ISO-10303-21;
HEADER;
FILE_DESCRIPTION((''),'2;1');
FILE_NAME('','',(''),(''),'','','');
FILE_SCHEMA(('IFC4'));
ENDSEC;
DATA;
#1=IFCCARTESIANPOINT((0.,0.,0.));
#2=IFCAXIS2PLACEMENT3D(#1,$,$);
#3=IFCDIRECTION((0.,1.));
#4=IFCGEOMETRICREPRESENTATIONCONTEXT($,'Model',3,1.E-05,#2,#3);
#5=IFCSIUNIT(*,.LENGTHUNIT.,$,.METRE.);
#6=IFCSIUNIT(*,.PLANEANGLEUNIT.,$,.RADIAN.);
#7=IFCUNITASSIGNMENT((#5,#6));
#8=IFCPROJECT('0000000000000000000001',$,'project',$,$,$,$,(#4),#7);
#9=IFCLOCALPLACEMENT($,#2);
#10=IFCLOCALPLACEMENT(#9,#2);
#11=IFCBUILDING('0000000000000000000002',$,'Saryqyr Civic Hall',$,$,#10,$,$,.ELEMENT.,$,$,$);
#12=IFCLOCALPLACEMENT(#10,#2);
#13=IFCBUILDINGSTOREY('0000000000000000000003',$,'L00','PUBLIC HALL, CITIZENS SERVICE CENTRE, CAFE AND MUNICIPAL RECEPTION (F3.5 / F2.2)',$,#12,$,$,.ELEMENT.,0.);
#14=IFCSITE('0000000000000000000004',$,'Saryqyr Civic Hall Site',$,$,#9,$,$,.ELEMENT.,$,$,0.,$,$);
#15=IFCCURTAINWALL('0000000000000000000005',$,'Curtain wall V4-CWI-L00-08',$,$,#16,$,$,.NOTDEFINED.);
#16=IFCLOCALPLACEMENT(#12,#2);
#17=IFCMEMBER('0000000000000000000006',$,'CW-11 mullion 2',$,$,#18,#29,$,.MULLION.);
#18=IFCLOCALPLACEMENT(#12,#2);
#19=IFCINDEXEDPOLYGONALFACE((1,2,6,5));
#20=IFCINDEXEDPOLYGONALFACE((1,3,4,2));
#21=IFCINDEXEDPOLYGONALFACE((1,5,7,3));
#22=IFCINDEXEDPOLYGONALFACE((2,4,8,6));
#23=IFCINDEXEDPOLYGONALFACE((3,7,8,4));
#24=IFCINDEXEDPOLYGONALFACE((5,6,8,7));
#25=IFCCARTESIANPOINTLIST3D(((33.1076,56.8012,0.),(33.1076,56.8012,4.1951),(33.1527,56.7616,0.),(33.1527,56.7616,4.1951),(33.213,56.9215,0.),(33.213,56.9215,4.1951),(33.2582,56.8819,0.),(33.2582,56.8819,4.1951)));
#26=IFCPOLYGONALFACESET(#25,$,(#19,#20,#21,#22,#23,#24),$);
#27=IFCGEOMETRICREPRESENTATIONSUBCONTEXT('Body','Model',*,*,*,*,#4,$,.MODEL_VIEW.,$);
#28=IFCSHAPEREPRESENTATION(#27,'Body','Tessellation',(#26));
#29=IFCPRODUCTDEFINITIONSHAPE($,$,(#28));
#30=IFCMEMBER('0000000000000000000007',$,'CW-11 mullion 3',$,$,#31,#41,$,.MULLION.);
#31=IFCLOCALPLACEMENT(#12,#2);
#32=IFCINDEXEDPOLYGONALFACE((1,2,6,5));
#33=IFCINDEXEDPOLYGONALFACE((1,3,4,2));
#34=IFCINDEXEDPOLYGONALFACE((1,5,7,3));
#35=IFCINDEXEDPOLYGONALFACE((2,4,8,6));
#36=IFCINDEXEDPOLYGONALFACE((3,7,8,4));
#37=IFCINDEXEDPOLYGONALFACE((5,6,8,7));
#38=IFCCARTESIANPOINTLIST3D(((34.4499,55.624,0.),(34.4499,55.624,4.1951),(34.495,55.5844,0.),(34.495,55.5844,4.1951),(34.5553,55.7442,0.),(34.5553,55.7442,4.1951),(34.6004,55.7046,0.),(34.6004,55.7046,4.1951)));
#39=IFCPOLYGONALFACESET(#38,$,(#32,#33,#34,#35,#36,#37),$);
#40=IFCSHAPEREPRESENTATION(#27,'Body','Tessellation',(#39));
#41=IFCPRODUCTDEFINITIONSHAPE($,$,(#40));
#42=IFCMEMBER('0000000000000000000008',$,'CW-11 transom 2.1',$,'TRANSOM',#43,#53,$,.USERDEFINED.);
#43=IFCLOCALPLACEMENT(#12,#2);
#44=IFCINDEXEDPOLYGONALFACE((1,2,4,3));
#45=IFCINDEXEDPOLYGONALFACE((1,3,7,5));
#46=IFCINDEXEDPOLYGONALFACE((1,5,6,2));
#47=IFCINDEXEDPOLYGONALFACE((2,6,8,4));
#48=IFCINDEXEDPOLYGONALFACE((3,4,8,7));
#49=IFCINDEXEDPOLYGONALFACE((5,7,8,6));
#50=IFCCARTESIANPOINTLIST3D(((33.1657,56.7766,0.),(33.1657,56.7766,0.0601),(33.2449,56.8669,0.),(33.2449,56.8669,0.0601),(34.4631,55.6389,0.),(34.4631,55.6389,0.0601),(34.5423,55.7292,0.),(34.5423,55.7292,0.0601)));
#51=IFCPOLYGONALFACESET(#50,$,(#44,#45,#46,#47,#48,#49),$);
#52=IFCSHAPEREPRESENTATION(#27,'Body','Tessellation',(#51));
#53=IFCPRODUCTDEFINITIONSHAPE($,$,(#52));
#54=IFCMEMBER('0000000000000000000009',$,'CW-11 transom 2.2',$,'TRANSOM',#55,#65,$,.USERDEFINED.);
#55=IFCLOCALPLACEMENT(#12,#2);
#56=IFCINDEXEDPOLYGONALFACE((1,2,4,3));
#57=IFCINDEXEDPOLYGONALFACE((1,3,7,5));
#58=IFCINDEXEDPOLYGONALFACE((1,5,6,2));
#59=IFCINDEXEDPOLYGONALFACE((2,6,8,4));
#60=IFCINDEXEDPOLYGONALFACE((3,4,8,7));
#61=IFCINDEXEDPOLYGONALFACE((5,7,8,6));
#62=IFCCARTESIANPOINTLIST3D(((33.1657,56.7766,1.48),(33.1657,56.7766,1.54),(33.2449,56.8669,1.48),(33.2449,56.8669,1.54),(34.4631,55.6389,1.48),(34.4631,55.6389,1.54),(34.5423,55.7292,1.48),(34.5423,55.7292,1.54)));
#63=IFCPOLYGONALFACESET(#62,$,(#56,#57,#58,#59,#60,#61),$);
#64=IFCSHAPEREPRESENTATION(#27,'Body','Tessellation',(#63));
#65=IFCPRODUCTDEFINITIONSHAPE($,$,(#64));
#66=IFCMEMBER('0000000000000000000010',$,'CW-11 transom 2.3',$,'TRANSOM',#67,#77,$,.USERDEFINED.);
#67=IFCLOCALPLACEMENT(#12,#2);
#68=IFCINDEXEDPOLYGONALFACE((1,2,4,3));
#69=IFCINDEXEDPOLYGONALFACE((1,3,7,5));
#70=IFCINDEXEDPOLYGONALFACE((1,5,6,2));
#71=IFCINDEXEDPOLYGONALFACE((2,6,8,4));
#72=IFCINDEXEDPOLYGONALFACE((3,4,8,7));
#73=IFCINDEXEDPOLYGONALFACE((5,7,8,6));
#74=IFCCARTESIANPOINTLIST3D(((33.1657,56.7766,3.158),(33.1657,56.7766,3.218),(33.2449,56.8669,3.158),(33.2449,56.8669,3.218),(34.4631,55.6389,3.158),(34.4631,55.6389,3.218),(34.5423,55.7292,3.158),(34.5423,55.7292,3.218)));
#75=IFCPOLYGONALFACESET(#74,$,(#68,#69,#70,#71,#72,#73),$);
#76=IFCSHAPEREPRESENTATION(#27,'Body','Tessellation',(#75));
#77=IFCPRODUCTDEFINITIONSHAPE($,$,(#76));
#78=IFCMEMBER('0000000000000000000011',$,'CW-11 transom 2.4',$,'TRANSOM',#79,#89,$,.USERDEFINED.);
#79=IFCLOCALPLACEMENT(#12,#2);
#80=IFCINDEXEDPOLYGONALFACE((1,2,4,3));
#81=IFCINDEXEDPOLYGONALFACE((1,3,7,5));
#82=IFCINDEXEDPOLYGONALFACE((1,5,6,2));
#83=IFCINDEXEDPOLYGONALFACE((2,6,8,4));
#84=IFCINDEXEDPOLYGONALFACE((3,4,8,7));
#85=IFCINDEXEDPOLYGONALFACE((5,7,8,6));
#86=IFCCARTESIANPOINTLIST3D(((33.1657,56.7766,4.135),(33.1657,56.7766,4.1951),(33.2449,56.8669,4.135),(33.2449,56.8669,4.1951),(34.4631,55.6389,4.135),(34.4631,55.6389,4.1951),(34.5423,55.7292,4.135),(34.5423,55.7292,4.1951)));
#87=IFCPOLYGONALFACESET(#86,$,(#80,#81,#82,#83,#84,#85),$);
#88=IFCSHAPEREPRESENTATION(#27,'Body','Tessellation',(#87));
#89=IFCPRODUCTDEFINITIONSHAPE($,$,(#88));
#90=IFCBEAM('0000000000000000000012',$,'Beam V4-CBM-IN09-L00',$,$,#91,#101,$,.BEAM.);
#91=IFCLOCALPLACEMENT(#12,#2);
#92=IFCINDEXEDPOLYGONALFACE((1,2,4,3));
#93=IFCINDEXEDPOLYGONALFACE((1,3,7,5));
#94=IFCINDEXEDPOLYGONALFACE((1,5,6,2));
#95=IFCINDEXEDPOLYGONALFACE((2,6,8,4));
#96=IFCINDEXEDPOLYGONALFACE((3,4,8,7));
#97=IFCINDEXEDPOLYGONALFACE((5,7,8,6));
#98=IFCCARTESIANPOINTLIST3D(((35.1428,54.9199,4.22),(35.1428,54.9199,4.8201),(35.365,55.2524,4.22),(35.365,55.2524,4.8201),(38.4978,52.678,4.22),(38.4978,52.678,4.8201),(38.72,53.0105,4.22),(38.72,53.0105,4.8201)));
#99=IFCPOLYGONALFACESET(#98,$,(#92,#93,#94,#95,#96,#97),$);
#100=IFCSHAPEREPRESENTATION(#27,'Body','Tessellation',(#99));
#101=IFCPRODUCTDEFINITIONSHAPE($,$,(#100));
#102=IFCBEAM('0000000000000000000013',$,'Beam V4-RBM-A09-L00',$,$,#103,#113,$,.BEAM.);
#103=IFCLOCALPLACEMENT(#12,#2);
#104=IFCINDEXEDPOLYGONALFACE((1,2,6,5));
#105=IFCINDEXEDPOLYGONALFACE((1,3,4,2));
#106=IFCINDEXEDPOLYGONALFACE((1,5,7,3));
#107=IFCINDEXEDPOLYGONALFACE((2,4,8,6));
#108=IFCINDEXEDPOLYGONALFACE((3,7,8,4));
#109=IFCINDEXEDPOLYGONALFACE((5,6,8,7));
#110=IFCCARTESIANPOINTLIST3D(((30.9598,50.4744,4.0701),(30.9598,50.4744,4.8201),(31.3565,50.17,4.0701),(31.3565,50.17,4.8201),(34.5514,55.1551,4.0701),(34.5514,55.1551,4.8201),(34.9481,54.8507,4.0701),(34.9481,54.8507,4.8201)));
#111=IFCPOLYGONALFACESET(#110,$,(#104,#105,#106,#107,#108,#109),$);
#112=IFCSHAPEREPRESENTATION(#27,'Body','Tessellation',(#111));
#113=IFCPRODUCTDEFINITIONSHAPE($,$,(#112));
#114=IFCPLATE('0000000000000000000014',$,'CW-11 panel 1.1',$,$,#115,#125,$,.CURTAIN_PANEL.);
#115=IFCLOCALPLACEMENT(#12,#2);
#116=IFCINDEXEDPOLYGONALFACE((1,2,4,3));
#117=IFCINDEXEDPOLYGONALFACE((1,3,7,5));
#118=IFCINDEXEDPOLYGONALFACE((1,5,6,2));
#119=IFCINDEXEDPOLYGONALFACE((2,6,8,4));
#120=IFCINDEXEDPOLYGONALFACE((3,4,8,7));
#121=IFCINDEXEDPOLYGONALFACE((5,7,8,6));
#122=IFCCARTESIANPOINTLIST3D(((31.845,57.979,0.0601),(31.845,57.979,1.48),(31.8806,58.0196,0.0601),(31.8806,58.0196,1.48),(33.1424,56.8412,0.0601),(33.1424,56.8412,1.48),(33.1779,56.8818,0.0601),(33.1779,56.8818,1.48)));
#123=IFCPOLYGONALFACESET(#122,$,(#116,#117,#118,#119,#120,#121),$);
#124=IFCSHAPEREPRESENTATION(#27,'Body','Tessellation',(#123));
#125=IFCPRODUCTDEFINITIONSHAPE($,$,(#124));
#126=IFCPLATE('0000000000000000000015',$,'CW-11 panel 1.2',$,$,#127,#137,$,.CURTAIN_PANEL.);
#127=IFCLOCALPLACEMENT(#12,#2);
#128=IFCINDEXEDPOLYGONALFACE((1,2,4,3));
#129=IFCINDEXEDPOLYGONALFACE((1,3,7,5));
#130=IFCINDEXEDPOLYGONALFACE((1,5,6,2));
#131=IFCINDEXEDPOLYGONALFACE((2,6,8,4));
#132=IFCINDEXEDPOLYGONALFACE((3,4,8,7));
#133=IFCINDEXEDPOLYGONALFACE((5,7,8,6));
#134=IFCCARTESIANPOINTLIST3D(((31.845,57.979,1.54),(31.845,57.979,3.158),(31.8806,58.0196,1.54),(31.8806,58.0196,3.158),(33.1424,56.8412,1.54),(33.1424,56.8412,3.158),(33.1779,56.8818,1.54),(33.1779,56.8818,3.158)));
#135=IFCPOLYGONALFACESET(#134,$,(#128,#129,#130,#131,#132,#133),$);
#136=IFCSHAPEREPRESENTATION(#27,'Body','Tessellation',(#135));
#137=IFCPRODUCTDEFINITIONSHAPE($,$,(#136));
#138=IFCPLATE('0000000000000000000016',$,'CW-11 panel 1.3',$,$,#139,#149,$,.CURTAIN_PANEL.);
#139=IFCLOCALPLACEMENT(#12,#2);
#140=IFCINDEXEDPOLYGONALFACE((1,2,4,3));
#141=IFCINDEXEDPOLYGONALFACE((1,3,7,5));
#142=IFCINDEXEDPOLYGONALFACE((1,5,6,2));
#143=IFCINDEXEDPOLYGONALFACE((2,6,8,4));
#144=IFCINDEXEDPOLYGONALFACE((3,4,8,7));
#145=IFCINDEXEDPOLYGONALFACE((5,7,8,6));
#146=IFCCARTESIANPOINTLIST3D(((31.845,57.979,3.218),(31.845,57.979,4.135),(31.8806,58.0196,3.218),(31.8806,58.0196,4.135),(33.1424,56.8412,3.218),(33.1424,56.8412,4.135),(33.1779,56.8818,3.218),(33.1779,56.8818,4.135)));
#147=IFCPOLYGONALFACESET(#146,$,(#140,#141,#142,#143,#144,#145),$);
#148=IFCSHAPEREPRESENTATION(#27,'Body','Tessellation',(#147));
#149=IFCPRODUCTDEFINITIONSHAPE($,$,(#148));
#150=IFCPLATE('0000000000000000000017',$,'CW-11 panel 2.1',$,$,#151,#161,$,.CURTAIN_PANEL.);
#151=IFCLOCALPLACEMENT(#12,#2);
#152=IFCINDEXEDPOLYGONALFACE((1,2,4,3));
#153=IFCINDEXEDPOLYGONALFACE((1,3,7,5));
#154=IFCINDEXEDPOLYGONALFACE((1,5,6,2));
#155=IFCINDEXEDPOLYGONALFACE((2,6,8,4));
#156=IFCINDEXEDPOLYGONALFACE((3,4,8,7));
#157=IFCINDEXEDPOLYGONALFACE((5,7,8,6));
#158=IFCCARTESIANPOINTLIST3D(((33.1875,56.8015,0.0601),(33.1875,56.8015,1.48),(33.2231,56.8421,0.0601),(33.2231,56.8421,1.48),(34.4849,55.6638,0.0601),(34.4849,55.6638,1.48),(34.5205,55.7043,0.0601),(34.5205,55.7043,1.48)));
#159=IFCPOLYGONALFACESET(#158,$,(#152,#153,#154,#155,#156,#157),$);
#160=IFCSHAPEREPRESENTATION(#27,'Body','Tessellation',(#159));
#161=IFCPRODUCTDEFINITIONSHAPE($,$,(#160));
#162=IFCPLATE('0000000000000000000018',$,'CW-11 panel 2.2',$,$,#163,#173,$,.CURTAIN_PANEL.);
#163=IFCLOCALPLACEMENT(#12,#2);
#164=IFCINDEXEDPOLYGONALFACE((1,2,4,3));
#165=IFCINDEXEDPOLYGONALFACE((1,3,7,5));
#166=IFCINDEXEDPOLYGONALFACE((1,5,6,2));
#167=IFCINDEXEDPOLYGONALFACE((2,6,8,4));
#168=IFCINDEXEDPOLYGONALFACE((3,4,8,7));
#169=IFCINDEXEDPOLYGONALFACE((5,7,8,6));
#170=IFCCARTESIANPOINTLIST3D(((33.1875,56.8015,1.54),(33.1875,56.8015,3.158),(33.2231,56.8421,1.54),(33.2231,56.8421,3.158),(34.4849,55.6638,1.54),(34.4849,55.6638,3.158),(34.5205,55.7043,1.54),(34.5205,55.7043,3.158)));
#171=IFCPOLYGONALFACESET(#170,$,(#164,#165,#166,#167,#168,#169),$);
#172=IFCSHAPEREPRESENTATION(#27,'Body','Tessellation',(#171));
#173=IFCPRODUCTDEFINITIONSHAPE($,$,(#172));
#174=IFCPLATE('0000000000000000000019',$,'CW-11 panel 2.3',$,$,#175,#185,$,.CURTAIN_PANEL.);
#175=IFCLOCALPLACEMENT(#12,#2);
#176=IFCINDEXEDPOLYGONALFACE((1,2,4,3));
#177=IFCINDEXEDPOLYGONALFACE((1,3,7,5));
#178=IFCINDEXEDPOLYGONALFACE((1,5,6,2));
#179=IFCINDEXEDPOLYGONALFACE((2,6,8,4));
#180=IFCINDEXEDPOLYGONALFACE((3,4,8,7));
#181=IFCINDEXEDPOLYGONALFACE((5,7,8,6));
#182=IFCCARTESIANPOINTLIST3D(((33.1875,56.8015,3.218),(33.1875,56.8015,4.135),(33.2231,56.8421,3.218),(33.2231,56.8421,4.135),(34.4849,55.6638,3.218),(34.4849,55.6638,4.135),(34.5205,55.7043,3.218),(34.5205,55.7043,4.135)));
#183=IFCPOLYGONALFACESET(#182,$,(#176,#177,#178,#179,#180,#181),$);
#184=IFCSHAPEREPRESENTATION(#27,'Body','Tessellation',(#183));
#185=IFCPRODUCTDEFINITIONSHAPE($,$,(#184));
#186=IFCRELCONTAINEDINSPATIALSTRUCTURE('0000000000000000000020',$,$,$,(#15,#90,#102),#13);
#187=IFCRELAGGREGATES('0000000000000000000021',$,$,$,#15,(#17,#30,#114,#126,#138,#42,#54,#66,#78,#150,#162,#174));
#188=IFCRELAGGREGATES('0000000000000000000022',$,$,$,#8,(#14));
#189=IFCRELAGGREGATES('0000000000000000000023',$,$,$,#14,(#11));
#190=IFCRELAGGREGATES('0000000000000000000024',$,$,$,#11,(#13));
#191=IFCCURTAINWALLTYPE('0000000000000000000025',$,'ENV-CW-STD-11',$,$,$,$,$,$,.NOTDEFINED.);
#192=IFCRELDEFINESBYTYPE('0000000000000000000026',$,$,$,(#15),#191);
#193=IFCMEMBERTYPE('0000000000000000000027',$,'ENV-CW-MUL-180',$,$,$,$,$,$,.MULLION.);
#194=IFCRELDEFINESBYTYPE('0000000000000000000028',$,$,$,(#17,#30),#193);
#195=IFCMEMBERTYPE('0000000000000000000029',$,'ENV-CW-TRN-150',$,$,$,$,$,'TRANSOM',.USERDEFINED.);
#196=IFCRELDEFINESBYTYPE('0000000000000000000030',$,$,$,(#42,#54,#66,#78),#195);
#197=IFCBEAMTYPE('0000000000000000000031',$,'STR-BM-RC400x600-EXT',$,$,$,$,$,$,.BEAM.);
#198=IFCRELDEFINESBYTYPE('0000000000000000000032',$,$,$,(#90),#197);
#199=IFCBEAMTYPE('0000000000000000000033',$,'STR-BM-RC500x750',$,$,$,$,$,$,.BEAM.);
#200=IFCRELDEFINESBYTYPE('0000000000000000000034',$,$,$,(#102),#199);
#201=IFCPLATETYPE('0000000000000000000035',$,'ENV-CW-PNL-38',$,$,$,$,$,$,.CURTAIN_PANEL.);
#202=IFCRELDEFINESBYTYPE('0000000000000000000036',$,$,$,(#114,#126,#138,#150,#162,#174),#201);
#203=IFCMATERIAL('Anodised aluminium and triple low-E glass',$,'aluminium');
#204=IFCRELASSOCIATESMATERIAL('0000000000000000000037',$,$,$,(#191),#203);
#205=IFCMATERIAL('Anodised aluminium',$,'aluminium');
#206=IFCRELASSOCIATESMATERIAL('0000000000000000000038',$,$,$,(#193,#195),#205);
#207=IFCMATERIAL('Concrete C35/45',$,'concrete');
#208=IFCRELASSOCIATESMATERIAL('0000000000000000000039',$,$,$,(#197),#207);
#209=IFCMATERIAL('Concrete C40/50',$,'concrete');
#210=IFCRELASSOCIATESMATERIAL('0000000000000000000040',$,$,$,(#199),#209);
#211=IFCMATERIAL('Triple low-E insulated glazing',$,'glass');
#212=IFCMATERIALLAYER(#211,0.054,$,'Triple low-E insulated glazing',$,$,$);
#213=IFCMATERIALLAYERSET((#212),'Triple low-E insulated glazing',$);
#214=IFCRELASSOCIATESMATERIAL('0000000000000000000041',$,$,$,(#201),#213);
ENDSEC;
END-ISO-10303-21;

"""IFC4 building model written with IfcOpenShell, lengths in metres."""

from ifc_helpers import new_model, si_unit, direction, frame, origin, origin_2d, place, context, subcontext, project, spatial, rectangle, extrude, material, layer, layer_set, material_profile, profile_set, type_object, element, aggregate, save


model = new_model("IFC4")

# Units and contexts
model_context = context("Model", 3, precision=1e-05, world=origin(), true_north=direction((0.0, 1.0)))
body_context = subcontext(model_context, "Body", "Model", "MODEL_VIEW")
ifc_project = project(units=[si_unit("LENGTHUNIT", "METRE"), si_unit("PLANEANGLEUNIT", "RADIAN")], contexts=[model_context])

# Site, building, storey
site_placement = place(None, origin())
site = spatial("IfcSite", under=ifc_project, at=site_placement, Name="Saryqyr Civic Hall Site", CompositionType="ELEMENT", RefElevation=0.0)
building_placement = place(site_placement, origin())
building = spatial("IfcBuilding", under=site, at=building_placement, Name="Saryqyr Civic Hall", CompositionType="ELEMENT")
storey_placement = place(building_placement, origin())
storey = spatial("IfcBuildingStorey", under=building, at=storey_placement, Name="L00", Description="PUBLIC HALL, CITIZENS SERVICE CENTRE, CAFE AND MUNICIPAL RECEPTION (F3.5 / F2.2)", CompositionType="ELEMENT", Elevation=0.0)

# Shared definitions
ifc_material_1 = material(Name="Concrete C40/50", Category="concrete")

# Curtain wall, members
ifc_material_2 = material(Name="Anodised aluminium and triple low-E glass", Category="aluminium")
curtain_wall_type = type_object("IfcCurtainWallType", Name="ENV-CW-STD-11", PredefinedType="NOTDEFINED", material=ifc_material_2)
curtain_wall_placement = place(storey_placement, origin())
curtain_wall = element("IfcCurtainWall", 1, at=curtain_wall_placement, inside=storey, type_object=curtain_wall_type, Name="Curtain wall V4-CWI-L00-08", PredefinedType="NOTDEFINED")
ifc_material_3 = material(Name="Anodised aluminium", Category="aluminium")
ifc_material_profile_1 = material_profile(ifc_material_3, rectangle(XDim=0.0601, YDim=0.1599, at=origin_2d()), Name="ALU MULLION 60x160")
ifc_profile_set_1 = profile_set([ifc_material_profile_1], Name="Anodised aluminium")
member_type_1 = type_object("IfcMemberType", Name="ENV-CW-MUL-180", PredefinedType="MULLION", material=ifc_profile_set_1)
member_1_placement = place(storey_placement, frame((33.1829, 56.8416, 0.0), z_axis=(0.0, 0.0, 1.0), x_axis=(0.751831, -0.659356, 0.0)))
member_1 = element("IfcMember", 2, at=member_1_placement, type_object=member_type_1, Name="CW-11 mullion 2", PredefinedType="MULLION", context=body_context, shape_type="SweptSolid", body=[
    extrude(rectangle(XDim=0.0601, YDim=0.1599, at=origin_2d()), origin(), (0.0, 0.0, 1.0), 4.1951),
])
member_2_placement = place(storey_placement, frame((34.5251, 55.6643, 0.0), z_axis=(0.0, 0.0, 1.0), x_axis=(0.751831, -0.659356, 0.0)))
member_2 = element("IfcMember", 3, at=member_2_placement, type_object=member_type_1, Name="CW-11 mullion 3", PredefinedType="MULLION", context=body_context, shape_type="SweptSolid", body=[
    extrude(rectangle(XDim=0.0601, YDim=0.1599, at=origin_2d()), origin(), (0.0, 0.0, 1.0), 4.1951),
])
ifc_material_profile_2 = material_profile(ifc_material_3, rectangle(XDim=0.1201, YDim=0.0601, at=origin_2d()), Name="ALU TRANSOM 120x60")
ifc_profile_set_2 = profile_set([ifc_material_profile_2], Name="Anodised aluminium")
member_type_2 = type_object("IfcMemberType", Name="ENV-CW-TRN-150", ElementType="TRANSOM", PredefinedType="USERDEFINED", material=ifc_profile_set_2)
member_3_placement = place(storey_placement, frame((33.2053, 56.8218, 0.03), z_axis=(0.751858, -0.659326, 0.0), x_axis=(0.659326, 0.751858, 0.0)))
member_3 = element("IfcMember", 4, at=member_3_placement, type_object=member_type_2, Name="CW-11 transom 2.1", ObjectType="TRANSOM", PredefinedType="USERDEFINED", context=body_context, shape_type="SweptSolid", body=[
    extrude(rectangle(XDim=0.1201, YDim=0.0601, at=origin_2d()), origin(), (0.0, 0.0, 1.0), 1.7256),
])
member_4_placement = place(storey_placement, frame((33.2053, 56.8218, 1.51), z_axis=(0.751858, -0.659326, 0.0), x_axis=(0.659326, 0.751858, 0.0)))
member_4 = element("IfcMember", 5, at=member_4_placement, type_object=member_type_2, Name="CW-11 transom 2.2", ObjectType="TRANSOM", PredefinedType="USERDEFINED", context=body_context, shape_type="SweptSolid", body=[
    extrude(rectangle(XDim=0.1201, YDim=0.0601, at=origin_2d()), origin(), (0.0, 0.0, 1.0), 1.7256),
])
member_5_placement = place(storey_placement, frame((33.2053, 56.8218, 3.188), z_axis=(0.751858, -0.659326, 0.0), x_axis=(0.659326, 0.751858, 0.0)))
member_5 = element("IfcMember", 6, at=member_5_placement, type_object=member_type_2, Name="CW-11 transom 2.3", ObjectType="TRANSOM", PredefinedType="USERDEFINED", context=body_context, shape_type="SweptSolid", body=[
    extrude(rectangle(XDim=0.1201, YDim=0.0601, at=origin_2d()), origin(), (0.0, 0.0, 1.0), 1.7256),
])
member_6_placement = place(storey_placement, frame((33.2053, 56.8218, 4.165), z_axis=(0.751858, -0.659326, 0.0), x_axis=(0.659326, 0.751858, 0.0)))
member_6 = element("IfcMember", 7, at=member_6_placement, type_object=member_type_2, Name="CW-11 transom 2.4", ObjectType="TRANSOM", PredefinedType="USERDEFINED", context=body_context, shape_type="SweptSolid", body=[
    extrude(rectangle(XDim=0.1201, YDim=0.0601, at=origin_2d()), origin(), (0.0, 0.0, 1.0), 1.7256),
])

# Beams
ifc_material_4 = material(Name="Concrete C35/45", Category="concrete")
ifc_material_profile_3 = material_profile(ifc_material_4, rectangle(XDim=0.3999, YDim=0.6001, at=origin_2d()), Name="RC 400x600")
ifc_profile_set_3 = profile_set([ifc_material_profile_3], Name="Concrete C35/45")
beam_type_1 = type_object("IfcBeamType", Name="STR-BM-RC400x600-EXT", PredefinedType="BEAM", material=ifc_profile_set_3)
beam_1_placement = place(storey_placement, frame((35.2539, 55.0862, 4.52), z_axis=(0.831445, -0.555607, 0.0), x_axis=(0.555607, 0.831445, 0.0)))
element("IfcBeam", 8, at=beam_1_placement, inside=storey, type_object=beam_type_1, Name="Beam V4-CBM-IN09-L00", PredefinedType="BEAM", context=body_context, shape_type="SweptSolid", body=[
    extrude(rectangle(XDim=0.3999, YDim=0.6001, at=origin_2d()), origin(), (0.0, 0.0, 1.0), 4.0352),
])
ifc_material_profile_4 = material_profile(ifc_material_1, rectangle(XDim=0.5, YDim=0.75, at=origin_2d()), Name="RC 500x750")
ifc_profile_set_4 = profile_set([ifc_material_profile_4], Name="Concrete C40/50")
beam_type_2 = type_object("IfcBeamType", Name="STR-BM-RC500x750", PredefinedType="BEAM", material=ifc_profile_set_4)
beam_2_placement = place(storey_placement, frame((34.7498, 55.0029, 4.4451), z_axis=(-0.608756, -0.793357, 0.0), x_axis=(0.793357, -0.608756, 0.0)))
element("IfcBeam", 9, at=beam_2_placement, inside=storey, type_object=beam_type_2, Name="Beam V4-RBM-A09-L00", PredefinedType="BEAM", context=body_context, shape_type="SweptSolid", body=[
    extrude(rectangle(XDim=0.5, YDim=0.75, at=origin_2d()), origin(), (0.0, 0.0, 1.0), 5.8999),
])

# Plates
ifc_material_5 = material(Name="Triple low-E insulated glazing", Category="glass")
ifc_layer_1 = layer(ifc_material_5, 0.054, Name="Triple low-E insulated glazing")
ifc_layer_set_1 = layer_set([ifc_layer_1], Name="Triple low-E insulated glazing")
plate_type = type_object("IfcPlateType", Name="ENV-CW-PNL-38", PredefinedType="CURTAIN_PANEL", material=ifc_layer_set_1)
plate_1_placement = place(storey_placement, frame((32.5115, 57.4304, 0.0601), z_axis=(0.0, 0.0, 1.0), x_axis=(0.751831, -0.659356, 0.0)))
plate_1 = element("IfcPlate", 10, at=plate_1_placement, type_object=plate_type, Name="CW-11 panel 1.1", PredefinedType="CURTAIN_PANEL", context=body_context, shape_type="SweptSolid", body=[
    extrude(rectangle(XDim=1.7256, YDim=0.054, at=origin_2d()), origin(), (0.0, 0.0, 1.0), 1.4199),
])
plate_2_placement = place(storey_placement, frame((32.5115, 57.4304, 1.54), z_axis=(0.0, 0.0, 1.0), x_axis=(0.751831, -0.659356, 0.0)))
plate_2 = element("IfcPlate", 11, at=plate_2_placement, type_object=plate_type, Name="CW-11 panel 1.2", PredefinedType="CURTAIN_PANEL", context=body_context, shape_type="SweptSolid", body=[
    extrude(rectangle(XDim=1.7256, YDim=0.054, at=origin_2d()), origin(), (0.0, 0.0, 1.0), 1.6179),
])
plate_3_placement = place(storey_placement, frame((32.5115, 57.4304, 3.218), z_axis=(0.0, 0.0, 1.0), x_axis=(0.751831, -0.659356, 0.0)))
plate_3 = element("IfcPlate", 12, at=plate_3_placement, type_object=plate_type, Name="CW-11 panel 1.3", PredefinedType="CURTAIN_PANEL", context=body_context, shape_type="SweptSolid", body=[
    extrude(rectangle(XDim=1.7256, YDim=0.054, at=origin_2d()), origin(), (0.0, 0.0, 1.0), 0.917),
])
plate_4_placement = place(storey_placement, frame((33.854, 56.2529, 0.0601), z_axis=(0.0, 0.0, 1.0), x_axis=(0.751831, -0.659356, 0.0)))
plate_4 = element("IfcPlate", 13, at=plate_4_placement, type_object=plate_type, Name="CW-11 panel 2.1", PredefinedType="CURTAIN_PANEL", context=body_context, shape_type="SweptSolid", body=[
    extrude(rectangle(XDim=1.7256, YDim=0.054, at=origin_2d()), origin(), (0.0, 0.0, 1.0), 1.4199),
])
plate_5_placement = place(storey_placement, frame((33.854, 56.2529, 1.54), z_axis=(0.0, 0.0, 1.0), x_axis=(0.751831, -0.659356, 0.0)))
plate_5 = element("IfcPlate", 14, at=plate_5_placement, type_object=plate_type, Name="CW-11 panel 2.2", PredefinedType="CURTAIN_PANEL", context=body_context, shape_type="SweptSolid", body=[
    extrude(rectangle(XDim=1.7256, YDim=0.054, at=origin_2d()), origin(), (0.0, 0.0, 1.0), 1.6179),
])
plate_6_placement = place(storey_placement, frame((33.854, 56.2529, 3.218), z_axis=(0.0, 0.0, 1.0), x_axis=(0.751831, -0.659356, 0.0)))
plate_6 = element("IfcPlate", 15, at=plate_6_placement, type_object=plate_type, Name="CW-11 panel 2.3", PredefinedType="CURTAIN_PANEL", context=body_context, shape_type="SweptSolid", body=[
    extrude(rectangle(XDim=1.7256, YDim=0.054, at=origin_2d()), origin(), (0.0, 0.0, 1.0), 0.917),
])
aggregate(curtain_wall, [member_1, member_2, plate_1, plate_2, plate_3, member_3, member_4, member_5, member_6, plate_4, plate_5, plate_6])

save(model, "model.ifc")
